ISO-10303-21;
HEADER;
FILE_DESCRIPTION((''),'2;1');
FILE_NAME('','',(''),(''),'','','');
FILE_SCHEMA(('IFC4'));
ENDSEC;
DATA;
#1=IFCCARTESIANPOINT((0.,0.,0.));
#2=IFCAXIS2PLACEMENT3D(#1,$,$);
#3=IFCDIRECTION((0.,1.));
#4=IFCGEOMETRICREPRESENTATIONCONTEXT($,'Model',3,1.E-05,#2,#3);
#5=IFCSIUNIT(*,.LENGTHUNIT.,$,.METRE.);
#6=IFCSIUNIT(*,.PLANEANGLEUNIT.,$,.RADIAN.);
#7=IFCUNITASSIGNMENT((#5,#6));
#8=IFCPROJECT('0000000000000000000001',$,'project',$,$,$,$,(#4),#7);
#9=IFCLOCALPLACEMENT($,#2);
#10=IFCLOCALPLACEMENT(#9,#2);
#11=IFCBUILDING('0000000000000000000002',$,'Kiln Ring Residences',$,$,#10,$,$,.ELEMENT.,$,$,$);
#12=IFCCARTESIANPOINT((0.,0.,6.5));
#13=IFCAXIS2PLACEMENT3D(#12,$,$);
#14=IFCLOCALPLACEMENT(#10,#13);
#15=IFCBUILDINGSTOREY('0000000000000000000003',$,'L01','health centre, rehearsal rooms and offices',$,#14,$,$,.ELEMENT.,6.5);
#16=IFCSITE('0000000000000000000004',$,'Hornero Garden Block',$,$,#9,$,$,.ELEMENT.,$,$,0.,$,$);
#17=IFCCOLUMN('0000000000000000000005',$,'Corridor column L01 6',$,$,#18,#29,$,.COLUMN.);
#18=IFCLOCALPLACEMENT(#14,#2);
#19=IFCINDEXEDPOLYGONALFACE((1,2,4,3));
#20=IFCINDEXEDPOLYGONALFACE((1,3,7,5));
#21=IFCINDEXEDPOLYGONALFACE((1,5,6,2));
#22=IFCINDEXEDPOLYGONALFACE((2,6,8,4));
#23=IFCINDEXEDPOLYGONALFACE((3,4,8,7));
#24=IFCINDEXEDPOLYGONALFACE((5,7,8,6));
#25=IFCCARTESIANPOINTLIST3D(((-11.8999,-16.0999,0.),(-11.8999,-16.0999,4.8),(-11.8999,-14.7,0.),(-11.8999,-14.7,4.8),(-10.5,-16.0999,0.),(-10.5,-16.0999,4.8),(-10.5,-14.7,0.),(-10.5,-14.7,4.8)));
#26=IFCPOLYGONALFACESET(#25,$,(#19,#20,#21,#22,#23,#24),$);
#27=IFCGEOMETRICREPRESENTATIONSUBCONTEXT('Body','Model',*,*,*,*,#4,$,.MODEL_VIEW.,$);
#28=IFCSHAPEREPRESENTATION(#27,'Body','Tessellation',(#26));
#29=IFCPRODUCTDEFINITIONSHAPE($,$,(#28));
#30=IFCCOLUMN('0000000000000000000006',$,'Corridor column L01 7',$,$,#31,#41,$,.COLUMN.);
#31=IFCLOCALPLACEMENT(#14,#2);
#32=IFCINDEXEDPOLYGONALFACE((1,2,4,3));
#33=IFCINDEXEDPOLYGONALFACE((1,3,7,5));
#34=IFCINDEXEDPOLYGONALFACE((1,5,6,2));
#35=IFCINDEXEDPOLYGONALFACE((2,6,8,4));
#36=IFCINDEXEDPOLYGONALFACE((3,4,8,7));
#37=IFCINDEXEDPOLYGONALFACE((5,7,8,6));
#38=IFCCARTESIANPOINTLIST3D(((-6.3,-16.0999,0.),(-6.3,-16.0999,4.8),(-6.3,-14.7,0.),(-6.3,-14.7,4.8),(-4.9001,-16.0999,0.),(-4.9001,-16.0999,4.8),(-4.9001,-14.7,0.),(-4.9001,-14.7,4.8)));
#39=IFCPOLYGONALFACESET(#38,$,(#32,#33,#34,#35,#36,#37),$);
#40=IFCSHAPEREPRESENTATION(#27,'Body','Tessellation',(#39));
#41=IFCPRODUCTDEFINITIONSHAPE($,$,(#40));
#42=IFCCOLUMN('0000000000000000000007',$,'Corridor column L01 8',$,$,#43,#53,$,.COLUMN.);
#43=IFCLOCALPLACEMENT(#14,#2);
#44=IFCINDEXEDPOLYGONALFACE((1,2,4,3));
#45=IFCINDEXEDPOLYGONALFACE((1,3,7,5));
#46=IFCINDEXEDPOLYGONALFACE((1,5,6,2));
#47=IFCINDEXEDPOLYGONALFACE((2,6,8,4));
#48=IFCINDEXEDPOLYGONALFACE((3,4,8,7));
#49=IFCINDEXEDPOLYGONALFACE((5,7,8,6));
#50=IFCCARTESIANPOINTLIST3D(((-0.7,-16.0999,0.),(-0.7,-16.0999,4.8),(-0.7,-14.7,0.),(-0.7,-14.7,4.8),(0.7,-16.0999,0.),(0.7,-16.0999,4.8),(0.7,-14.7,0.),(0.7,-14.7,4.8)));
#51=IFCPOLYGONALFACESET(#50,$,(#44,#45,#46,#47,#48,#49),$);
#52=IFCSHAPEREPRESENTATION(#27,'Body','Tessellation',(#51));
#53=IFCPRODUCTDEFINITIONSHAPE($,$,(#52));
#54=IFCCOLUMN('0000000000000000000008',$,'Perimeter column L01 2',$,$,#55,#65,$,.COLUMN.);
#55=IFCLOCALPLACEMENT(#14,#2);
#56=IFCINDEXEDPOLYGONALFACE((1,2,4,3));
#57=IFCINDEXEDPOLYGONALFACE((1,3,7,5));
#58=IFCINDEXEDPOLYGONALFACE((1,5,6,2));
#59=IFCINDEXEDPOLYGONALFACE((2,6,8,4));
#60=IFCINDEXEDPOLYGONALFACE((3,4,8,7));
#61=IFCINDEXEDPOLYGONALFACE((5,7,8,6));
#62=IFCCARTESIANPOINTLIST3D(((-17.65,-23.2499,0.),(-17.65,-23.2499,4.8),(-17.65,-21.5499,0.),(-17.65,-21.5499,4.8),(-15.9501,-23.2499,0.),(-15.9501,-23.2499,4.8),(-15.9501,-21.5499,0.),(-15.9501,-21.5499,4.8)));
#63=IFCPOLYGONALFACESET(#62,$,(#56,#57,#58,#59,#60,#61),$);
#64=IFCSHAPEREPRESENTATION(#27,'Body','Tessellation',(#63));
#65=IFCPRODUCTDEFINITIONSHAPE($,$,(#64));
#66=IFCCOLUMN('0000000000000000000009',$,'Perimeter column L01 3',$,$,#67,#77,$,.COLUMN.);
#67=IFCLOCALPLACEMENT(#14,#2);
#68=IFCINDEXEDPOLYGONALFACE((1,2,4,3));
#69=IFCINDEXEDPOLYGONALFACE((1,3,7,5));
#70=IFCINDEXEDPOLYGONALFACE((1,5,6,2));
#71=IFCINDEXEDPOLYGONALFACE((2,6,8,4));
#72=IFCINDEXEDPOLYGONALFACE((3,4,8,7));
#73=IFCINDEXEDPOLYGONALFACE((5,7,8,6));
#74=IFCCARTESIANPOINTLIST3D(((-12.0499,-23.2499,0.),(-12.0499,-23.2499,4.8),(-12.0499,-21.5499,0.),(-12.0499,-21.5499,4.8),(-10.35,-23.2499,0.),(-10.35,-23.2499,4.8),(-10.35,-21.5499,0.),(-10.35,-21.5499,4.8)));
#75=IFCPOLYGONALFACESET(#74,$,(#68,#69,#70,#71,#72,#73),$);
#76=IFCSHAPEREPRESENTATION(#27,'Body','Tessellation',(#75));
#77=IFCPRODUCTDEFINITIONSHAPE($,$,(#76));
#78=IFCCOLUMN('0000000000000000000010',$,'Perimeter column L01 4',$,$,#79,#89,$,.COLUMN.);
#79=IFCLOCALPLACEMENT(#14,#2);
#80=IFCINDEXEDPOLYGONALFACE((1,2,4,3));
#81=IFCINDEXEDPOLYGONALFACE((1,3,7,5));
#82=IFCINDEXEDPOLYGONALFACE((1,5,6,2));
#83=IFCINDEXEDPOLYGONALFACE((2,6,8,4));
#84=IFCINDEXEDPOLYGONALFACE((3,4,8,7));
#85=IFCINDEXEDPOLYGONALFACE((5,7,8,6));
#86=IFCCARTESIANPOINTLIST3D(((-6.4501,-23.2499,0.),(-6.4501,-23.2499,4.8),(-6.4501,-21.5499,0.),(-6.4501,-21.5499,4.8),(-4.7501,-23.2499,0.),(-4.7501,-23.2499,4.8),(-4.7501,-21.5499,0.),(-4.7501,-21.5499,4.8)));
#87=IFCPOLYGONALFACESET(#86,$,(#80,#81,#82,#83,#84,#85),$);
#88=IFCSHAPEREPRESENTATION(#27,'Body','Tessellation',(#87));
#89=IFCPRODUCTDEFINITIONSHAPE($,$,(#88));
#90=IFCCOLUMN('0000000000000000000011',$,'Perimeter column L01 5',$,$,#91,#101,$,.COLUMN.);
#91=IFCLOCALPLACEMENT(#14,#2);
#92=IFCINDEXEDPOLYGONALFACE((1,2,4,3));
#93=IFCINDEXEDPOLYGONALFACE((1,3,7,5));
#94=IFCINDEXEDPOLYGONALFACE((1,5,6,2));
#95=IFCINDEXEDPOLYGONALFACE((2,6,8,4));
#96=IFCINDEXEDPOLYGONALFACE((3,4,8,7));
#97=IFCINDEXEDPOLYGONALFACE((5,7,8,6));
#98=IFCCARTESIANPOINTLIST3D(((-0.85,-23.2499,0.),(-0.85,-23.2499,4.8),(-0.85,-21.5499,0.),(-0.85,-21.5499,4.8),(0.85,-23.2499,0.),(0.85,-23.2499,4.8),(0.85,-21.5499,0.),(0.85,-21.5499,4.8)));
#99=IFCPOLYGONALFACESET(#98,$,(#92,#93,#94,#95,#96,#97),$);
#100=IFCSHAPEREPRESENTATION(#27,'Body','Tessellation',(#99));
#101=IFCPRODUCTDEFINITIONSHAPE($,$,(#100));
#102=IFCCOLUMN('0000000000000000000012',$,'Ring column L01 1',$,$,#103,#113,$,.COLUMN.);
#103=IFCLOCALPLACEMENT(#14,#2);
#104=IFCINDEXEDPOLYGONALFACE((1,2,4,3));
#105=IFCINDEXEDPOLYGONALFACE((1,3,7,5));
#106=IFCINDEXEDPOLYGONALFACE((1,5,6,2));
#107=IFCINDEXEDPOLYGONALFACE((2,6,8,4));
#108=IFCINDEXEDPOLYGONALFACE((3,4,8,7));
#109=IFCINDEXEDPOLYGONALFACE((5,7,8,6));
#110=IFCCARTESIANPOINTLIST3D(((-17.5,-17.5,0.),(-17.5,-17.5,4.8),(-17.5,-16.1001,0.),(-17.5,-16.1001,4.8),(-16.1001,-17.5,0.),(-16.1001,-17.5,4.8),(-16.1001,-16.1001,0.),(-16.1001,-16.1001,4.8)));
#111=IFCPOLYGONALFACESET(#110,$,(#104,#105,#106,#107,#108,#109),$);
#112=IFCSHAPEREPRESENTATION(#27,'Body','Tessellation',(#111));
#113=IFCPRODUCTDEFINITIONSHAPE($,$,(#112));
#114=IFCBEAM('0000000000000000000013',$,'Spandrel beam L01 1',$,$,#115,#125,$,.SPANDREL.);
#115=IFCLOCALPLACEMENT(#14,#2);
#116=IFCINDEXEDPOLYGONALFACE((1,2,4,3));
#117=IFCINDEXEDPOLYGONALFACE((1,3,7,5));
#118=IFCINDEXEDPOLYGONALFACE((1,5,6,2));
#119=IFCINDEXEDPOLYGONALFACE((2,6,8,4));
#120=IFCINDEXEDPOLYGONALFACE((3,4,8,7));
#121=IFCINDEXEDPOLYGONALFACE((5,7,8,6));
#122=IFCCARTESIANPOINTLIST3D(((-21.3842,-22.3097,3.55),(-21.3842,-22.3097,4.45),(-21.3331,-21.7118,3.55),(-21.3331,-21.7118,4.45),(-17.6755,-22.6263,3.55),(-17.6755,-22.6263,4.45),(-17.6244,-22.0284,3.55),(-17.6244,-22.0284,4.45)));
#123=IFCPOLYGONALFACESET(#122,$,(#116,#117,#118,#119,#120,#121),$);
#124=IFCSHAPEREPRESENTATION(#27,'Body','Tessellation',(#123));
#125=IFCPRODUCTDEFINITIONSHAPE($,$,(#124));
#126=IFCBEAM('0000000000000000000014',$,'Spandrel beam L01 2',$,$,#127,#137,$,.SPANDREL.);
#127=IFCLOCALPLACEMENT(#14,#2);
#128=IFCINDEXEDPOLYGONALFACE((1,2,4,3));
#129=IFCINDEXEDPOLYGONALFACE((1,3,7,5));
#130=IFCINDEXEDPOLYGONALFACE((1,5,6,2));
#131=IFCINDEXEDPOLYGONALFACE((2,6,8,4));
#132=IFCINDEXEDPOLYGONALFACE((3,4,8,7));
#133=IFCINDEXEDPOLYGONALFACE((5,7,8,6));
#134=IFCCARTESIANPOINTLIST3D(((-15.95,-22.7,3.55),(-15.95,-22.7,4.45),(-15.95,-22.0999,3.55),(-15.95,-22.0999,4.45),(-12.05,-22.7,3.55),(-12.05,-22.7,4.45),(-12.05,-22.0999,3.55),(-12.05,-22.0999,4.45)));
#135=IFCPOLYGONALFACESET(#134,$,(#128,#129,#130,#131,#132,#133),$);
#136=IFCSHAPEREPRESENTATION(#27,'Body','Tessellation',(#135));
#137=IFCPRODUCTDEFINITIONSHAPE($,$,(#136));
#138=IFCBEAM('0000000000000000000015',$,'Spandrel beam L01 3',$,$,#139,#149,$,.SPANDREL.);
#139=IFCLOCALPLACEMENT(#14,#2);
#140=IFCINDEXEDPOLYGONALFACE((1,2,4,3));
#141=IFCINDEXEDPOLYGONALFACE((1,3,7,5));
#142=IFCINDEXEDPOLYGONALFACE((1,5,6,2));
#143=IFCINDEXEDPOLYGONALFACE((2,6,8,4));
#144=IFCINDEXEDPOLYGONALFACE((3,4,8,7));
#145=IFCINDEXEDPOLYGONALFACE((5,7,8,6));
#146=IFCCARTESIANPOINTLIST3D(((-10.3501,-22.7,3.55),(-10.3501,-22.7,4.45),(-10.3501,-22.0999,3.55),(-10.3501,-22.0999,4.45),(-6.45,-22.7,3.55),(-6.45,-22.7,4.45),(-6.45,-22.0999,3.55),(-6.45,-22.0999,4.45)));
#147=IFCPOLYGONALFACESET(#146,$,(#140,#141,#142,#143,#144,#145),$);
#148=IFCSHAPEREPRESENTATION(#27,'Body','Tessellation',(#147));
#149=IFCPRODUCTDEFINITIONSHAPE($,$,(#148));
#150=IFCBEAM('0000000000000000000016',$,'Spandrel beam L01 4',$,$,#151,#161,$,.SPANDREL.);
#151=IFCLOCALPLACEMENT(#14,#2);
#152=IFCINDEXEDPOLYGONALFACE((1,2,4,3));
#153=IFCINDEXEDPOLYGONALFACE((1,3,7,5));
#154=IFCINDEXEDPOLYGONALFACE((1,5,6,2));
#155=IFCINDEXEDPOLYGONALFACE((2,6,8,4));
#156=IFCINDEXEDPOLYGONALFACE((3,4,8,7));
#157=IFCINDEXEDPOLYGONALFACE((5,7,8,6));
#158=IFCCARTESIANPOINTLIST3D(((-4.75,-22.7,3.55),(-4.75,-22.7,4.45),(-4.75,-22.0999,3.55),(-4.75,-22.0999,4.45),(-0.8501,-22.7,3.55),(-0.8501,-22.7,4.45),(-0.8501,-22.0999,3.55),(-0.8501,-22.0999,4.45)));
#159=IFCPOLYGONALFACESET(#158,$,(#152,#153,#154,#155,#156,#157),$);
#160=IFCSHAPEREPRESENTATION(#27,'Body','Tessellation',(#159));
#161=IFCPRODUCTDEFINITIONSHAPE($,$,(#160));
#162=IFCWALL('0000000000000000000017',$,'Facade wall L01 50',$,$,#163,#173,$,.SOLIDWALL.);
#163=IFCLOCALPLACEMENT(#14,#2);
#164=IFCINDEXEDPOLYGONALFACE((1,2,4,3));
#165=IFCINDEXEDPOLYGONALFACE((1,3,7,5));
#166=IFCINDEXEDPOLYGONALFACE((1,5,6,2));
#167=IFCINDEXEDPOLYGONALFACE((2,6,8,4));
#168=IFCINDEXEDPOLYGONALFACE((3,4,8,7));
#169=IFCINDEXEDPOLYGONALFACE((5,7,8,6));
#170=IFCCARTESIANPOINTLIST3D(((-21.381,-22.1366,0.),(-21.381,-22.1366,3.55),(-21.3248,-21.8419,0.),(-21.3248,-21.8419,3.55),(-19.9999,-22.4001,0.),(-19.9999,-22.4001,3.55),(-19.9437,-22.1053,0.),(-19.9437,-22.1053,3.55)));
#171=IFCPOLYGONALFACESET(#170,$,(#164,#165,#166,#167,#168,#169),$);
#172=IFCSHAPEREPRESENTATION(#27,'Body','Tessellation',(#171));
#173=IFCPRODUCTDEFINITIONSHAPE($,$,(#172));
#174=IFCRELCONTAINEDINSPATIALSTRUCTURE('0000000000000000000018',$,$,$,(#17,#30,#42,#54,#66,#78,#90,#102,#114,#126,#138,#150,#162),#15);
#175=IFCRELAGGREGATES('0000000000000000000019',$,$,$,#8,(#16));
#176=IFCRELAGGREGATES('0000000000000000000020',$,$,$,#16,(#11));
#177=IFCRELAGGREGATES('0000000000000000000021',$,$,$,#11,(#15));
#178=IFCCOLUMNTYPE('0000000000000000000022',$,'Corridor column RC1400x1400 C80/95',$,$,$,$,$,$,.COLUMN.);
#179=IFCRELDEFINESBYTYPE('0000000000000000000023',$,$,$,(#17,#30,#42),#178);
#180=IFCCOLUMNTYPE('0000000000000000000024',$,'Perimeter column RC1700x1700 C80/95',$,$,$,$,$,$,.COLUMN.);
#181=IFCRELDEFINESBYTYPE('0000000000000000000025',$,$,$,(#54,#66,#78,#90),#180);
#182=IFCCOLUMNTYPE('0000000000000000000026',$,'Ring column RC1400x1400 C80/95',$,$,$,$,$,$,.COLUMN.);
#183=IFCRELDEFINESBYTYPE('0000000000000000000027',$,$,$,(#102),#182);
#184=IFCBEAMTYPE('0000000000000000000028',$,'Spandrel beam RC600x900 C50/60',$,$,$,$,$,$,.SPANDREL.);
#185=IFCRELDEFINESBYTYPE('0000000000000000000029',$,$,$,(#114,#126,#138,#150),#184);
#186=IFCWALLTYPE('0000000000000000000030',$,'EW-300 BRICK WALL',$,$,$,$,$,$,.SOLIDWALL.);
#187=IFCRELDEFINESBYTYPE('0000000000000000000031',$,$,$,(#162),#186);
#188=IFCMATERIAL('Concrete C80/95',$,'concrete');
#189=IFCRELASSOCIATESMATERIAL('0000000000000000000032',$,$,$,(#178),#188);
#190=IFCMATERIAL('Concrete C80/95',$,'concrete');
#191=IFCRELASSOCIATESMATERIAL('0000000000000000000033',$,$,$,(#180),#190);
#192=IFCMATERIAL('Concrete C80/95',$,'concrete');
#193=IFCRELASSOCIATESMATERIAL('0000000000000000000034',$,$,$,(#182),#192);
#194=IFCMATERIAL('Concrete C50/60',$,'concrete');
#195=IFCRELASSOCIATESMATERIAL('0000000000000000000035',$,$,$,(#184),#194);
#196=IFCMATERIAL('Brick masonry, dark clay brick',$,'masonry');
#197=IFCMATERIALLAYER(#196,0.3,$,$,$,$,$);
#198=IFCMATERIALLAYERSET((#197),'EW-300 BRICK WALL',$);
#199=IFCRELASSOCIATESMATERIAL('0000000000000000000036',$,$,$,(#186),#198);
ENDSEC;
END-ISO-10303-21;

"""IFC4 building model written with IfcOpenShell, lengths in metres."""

from ifc_helpers import new_model, si_unit, direction, frame, frame_2d, origin, origin_2d, place, context, subcontext, project, spatial, rectangle, extrude, material, layer, layer_set, material_profile, profile_set, type_object, element, save


model = new_model("IFC4")

# Units and contexts
model_context = context("Model", 3, precision=1e-05, world=origin(), true_north=direction((0.0, 1.0)))
body_context = subcontext(model_context, "Body", "Model", "MODEL_VIEW")
ifc_project = project(units=[si_unit("LENGTHUNIT", "METRE"), si_unit("PLANEANGLEUNIT", "RADIAN")], contexts=[model_context])

# Site, building, storey
site_placement = place(None, origin())
site = spatial("IfcSite", under=ifc_project, at=site_placement, Name="Hornero Garden Block", CompositionType="ELEMENT", RefElevation=0.0)
building_placement = place(site_placement, origin())
building = spatial("IfcBuilding", under=site, at=building_placement, Name="Kiln Ring Residences", CompositionType="ELEMENT")
storey_placement = place(building_placement, frame((0.0, 0.0, 6.5)))
storey = spatial("IfcBuildingStorey", under=building, at=storey_placement, Name="L01", Description="health centre, rehearsal rooms and offices", CompositionType="ELEMENT", Elevation=6.5)

# Columns
ifc_material_1 = material(Name="Concrete C80/95", Category="concrete")
ifc_material_profile_1 = material_profile(ifc_material_1, rectangle(XDim=1.3999, YDim=1.3999, at=origin_2d()), Name="RC1400x1400")
ifc_profile_set_1 = profile_set([ifc_material_profile_1], Name="Concrete C80/95")
column_type_1 = type_object("IfcColumnType", Name="Corridor column RC1400x1400 C80/95", PredefinedType="COLUMN", material=ifc_profile_set_1)
for number, where, z_axis, x_axis, name in (
    (1, (-11.2, -15.3999, 0.0), (0.0, 0.0, 1.0), (1.0, 0.0, 0.0), "Corridor column L01 6"),
    (2, (-5.6001, -15.3999, 0.0), (0.0, 0.0, 1.0), (1.0, 0.0, 0.0), "Corridor column L01 7"),
    (3, (0.0, -15.3999, 0.0), (0.0, 0.0, 1.0), (1.0, 0.0, 0.0), "Corridor column L01 8"),
):
    element("IfcColumn", number, at=place(storey_placement, frame(where, z_axis=z_axis, x_axis=x_axis)), inside=storey, type_object=column_type_1, Name=name, PredefinedType="COLUMN", context=body_context, shape_type="SweptSolid", body=[
        extrude(rectangle(XDim=1.3999, YDim=1.3999, at=origin_2d()), origin(), (0.0, 0.0, 1.0), 4.8),
    ])
ifc_material_2 = material(Name="Concrete C80/95", Category="concrete")
ifc_material_profile_2 = material_profile(ifc_material_2, rectangle(XDim=1.7, YDim=1.7, at=origin_2d()), Name="RC1700x1700")
ifc_profile_set_2 = profile_set([ifc_material_profile_2], Name="Concrete C80/95")
column_type_2 = type_object("IfcColumnType", Name="Perimeter column RC1700x1700 C80/95", PredefinedType="COLUMN", material=ifc_profile_set_2)
for number, where, z_axis, x_axis, name in (
    (4, (-16.8, -22.3999, 0.0), (0.0, 0.0, 1.0), (1.0, 0.0, 0.0), "Perimeter column L01 2"),
    (5, (-11.2, -22.3999, 0.0), (0.0, 0.0, 1.0), (1.0, 0.0, 0.0), "Perimeter column L01 3"),
    (6, (-5.6001, -22.3999, 0.0), (0.0, 0.0, 1.0), (1.0, 0.0, 0.0), "Perimeter column L01 4"),
    (7, (0.0, -22.3999, 0.0), (0.0, 0.0, 1.0), (1.0, 0.0, 0.0), "Perimeter column L01 5"),
):
    element("IfcColumn", number, at=place(storey_placement, frame(where, z_axis=z_axis, x_axis=x_axis)), inside=storey, type_object=column_type_2, Name=name, PredefinedType="COLUMN", context=body_context, shape_type="SweptSolid", body=[
        extrude(rectangle(XDim=1.7, YDim=1.7, at=origin_2d()), origin(), (0.0, 0.0, 1.0), 4.8),
    ])
ifc_material_3 = material(Name="Concrete C80/95", Category="concrete")
ifc_material_profile_3 = material_profile(ifc_material_3, rectangle(XDim=1.3999, YDim=1.3999, at=origin_2d()), Name="RC1400x1400")
ifc_profile_set_3 = profile_set([ifc_material_profile_3], Name="Concrete C80/95")
column_type_3 = type_object("IfcColumnType", Name="Ring column RC1400x1400 C80/95", PredefinedType="COLUMN", material=ifc_profile_set_3)
column_placement = place(storey_placement, frame((-16.8, -16.8, 0.0), z_axis=(0.0, 0.0, 1.0), x_axis=(1.0, 0.0, 0.0)))
element("IfcColumn", 8, at=column_placement, inside=storey, type_object=column_type_3, Name="Ring column L01 1", PredefinedType="COLUMN", context=body_context, shape_type="SweptSolid", body=[
    extrude(rectangle(XDim=1.3999, YDim=1.3999, at=origin_2d()), origin(), (0.0, 0.0, 1.0), 4.8),
])

# Beams
ifc_material_4 = material(Name="Concrete C50/60", Category="concrete")
ifc_material_profile_4 = material_profile(ifc_material_4, rectangle(XDim=0.6001, YDim=0.8999, at=origin_2d()), Name="RC600x900")
ifc_profile_set_4 = profile_set([ifc_material_profile_4], Name="Concrete C50/60")
beam_type = type_object("IfcBeamType", Name="Spandrel beam RC600x900 C50/60", PredefinedType="SPANDREL", material=ifc_profile_set_4)
beam_1_placement = place(storey_placement, frame((-21.3586, -22.0107, 4.0), z_axis=(0.996375, -0.08507, 0.0), x_axis=(0.08507, 0.996375, 0.0)))
element("IfcBeam", 9, at=beam_1_placement, inside=storey, type_object=beam_type, Name="Spandrel beam L01 1", PredefinedType="SPANDREL", context=body_context, shape_type="SweptSolid", body=[
    extrude(rectangle(XDim=0.6001, YDim=0.8999, at=origin_2d()), origin(), (0.0, 0.0, 1.0), 3.7222),
])
beam_2_placement = place(storey_placement, frame((-15.95, -22.3999, 4.0), z_axis=(1.0, 0.0, 0.0), x_axis=(0.0, 1.0, 0.0)))
element("IfcBeam", 10, at=beam_2_placement, inside=storey, type_object=beam_type, Name="Spandrel beam L01 2", PredefinedType="SPANDREL", context=body_context, shape_type="SweptSolid", body=[
    extrude(rectangle(XDim=0.6001, YDim=0.8999, at=origin_2d()), origin(), (0.0, 0.0, 1.0), 3.8999),
])
beam_3_placement = place(storey_placement, frame((-10.3501, -22.3999, 4.0), z_axis=(1.0, 0.0, 0.0), x_axis=(0.0, 1.0, 0.0)))
element("IfcBeam", 11, at=beam_3_placement, inside=storey, type_object=beam_type, Name="Spandrel beam L01 3", PredefinedType="SPANDREL", context=body_context, shape_type="SweptSolid", body=[
    extrude(rectangle(XDim=0.6001, YDim=0.8999, at=origin_2d()), origin(), (0.0, 0.0, 1.0), 3.9001),
])
beam_4_placement = place(storey_placement, frame((-4.75, -22.3999, 4.0), z_axis=(1.0, 0.0, 0.0), x_axis=(0.0, 1.0, 0.0)))
element("IfcBeam", 12, at=beam_4_placement, inside=storey, type_object=beam_type, Name="Spandrel beam L01 4", PredefinedType="SPANDREL", context=body_context, shape_type="SweptSolid", body=[
    extrude(rectangle(XDim=0.6001, YDim=0.8999, at=origin_2d()), origin(), (0.0, 0.0, 1.0), 3.8999),
])

# Wall
ifc_material_5 = material(Name="Brick masonry, dark clay brick", Category="masonry")
ifc_layer_1 = layer(ifc_material_5, 0.3)
ifc_layer_set_1 = layer_set([ifc_layer_1], Name="EW-300 BRICK WALL")
wall_type_1 = type_object("IfcWallType", Name="EW-300 BRICK WALL", PredefinedType="SOLIDWALL", material=ifc_layer_set_1)
wall_1_placement = place(storey_placement, frame((-21.353, -21.9893, 0.0), z_axis=(0.0, 0.0, 1.0), x_axis=(0.982291, -0.187359, 0.0)))
element("IfcWall", 13, at=wall_1_placement, inside=storey, type_object=wall_type_1, Name="Facade wall L01 50", PredefinedType="SOLIDWALL", context=body_context, shape_type="SweptSolid", body=[
    extrude(rectangle(XDim=1.406, YDim=0.3, at=frame_2d((0.7031, 0.0))), origin(), (0.0, 0.0, 1.0), 3.55),
])

save(model, "model.ifc")
